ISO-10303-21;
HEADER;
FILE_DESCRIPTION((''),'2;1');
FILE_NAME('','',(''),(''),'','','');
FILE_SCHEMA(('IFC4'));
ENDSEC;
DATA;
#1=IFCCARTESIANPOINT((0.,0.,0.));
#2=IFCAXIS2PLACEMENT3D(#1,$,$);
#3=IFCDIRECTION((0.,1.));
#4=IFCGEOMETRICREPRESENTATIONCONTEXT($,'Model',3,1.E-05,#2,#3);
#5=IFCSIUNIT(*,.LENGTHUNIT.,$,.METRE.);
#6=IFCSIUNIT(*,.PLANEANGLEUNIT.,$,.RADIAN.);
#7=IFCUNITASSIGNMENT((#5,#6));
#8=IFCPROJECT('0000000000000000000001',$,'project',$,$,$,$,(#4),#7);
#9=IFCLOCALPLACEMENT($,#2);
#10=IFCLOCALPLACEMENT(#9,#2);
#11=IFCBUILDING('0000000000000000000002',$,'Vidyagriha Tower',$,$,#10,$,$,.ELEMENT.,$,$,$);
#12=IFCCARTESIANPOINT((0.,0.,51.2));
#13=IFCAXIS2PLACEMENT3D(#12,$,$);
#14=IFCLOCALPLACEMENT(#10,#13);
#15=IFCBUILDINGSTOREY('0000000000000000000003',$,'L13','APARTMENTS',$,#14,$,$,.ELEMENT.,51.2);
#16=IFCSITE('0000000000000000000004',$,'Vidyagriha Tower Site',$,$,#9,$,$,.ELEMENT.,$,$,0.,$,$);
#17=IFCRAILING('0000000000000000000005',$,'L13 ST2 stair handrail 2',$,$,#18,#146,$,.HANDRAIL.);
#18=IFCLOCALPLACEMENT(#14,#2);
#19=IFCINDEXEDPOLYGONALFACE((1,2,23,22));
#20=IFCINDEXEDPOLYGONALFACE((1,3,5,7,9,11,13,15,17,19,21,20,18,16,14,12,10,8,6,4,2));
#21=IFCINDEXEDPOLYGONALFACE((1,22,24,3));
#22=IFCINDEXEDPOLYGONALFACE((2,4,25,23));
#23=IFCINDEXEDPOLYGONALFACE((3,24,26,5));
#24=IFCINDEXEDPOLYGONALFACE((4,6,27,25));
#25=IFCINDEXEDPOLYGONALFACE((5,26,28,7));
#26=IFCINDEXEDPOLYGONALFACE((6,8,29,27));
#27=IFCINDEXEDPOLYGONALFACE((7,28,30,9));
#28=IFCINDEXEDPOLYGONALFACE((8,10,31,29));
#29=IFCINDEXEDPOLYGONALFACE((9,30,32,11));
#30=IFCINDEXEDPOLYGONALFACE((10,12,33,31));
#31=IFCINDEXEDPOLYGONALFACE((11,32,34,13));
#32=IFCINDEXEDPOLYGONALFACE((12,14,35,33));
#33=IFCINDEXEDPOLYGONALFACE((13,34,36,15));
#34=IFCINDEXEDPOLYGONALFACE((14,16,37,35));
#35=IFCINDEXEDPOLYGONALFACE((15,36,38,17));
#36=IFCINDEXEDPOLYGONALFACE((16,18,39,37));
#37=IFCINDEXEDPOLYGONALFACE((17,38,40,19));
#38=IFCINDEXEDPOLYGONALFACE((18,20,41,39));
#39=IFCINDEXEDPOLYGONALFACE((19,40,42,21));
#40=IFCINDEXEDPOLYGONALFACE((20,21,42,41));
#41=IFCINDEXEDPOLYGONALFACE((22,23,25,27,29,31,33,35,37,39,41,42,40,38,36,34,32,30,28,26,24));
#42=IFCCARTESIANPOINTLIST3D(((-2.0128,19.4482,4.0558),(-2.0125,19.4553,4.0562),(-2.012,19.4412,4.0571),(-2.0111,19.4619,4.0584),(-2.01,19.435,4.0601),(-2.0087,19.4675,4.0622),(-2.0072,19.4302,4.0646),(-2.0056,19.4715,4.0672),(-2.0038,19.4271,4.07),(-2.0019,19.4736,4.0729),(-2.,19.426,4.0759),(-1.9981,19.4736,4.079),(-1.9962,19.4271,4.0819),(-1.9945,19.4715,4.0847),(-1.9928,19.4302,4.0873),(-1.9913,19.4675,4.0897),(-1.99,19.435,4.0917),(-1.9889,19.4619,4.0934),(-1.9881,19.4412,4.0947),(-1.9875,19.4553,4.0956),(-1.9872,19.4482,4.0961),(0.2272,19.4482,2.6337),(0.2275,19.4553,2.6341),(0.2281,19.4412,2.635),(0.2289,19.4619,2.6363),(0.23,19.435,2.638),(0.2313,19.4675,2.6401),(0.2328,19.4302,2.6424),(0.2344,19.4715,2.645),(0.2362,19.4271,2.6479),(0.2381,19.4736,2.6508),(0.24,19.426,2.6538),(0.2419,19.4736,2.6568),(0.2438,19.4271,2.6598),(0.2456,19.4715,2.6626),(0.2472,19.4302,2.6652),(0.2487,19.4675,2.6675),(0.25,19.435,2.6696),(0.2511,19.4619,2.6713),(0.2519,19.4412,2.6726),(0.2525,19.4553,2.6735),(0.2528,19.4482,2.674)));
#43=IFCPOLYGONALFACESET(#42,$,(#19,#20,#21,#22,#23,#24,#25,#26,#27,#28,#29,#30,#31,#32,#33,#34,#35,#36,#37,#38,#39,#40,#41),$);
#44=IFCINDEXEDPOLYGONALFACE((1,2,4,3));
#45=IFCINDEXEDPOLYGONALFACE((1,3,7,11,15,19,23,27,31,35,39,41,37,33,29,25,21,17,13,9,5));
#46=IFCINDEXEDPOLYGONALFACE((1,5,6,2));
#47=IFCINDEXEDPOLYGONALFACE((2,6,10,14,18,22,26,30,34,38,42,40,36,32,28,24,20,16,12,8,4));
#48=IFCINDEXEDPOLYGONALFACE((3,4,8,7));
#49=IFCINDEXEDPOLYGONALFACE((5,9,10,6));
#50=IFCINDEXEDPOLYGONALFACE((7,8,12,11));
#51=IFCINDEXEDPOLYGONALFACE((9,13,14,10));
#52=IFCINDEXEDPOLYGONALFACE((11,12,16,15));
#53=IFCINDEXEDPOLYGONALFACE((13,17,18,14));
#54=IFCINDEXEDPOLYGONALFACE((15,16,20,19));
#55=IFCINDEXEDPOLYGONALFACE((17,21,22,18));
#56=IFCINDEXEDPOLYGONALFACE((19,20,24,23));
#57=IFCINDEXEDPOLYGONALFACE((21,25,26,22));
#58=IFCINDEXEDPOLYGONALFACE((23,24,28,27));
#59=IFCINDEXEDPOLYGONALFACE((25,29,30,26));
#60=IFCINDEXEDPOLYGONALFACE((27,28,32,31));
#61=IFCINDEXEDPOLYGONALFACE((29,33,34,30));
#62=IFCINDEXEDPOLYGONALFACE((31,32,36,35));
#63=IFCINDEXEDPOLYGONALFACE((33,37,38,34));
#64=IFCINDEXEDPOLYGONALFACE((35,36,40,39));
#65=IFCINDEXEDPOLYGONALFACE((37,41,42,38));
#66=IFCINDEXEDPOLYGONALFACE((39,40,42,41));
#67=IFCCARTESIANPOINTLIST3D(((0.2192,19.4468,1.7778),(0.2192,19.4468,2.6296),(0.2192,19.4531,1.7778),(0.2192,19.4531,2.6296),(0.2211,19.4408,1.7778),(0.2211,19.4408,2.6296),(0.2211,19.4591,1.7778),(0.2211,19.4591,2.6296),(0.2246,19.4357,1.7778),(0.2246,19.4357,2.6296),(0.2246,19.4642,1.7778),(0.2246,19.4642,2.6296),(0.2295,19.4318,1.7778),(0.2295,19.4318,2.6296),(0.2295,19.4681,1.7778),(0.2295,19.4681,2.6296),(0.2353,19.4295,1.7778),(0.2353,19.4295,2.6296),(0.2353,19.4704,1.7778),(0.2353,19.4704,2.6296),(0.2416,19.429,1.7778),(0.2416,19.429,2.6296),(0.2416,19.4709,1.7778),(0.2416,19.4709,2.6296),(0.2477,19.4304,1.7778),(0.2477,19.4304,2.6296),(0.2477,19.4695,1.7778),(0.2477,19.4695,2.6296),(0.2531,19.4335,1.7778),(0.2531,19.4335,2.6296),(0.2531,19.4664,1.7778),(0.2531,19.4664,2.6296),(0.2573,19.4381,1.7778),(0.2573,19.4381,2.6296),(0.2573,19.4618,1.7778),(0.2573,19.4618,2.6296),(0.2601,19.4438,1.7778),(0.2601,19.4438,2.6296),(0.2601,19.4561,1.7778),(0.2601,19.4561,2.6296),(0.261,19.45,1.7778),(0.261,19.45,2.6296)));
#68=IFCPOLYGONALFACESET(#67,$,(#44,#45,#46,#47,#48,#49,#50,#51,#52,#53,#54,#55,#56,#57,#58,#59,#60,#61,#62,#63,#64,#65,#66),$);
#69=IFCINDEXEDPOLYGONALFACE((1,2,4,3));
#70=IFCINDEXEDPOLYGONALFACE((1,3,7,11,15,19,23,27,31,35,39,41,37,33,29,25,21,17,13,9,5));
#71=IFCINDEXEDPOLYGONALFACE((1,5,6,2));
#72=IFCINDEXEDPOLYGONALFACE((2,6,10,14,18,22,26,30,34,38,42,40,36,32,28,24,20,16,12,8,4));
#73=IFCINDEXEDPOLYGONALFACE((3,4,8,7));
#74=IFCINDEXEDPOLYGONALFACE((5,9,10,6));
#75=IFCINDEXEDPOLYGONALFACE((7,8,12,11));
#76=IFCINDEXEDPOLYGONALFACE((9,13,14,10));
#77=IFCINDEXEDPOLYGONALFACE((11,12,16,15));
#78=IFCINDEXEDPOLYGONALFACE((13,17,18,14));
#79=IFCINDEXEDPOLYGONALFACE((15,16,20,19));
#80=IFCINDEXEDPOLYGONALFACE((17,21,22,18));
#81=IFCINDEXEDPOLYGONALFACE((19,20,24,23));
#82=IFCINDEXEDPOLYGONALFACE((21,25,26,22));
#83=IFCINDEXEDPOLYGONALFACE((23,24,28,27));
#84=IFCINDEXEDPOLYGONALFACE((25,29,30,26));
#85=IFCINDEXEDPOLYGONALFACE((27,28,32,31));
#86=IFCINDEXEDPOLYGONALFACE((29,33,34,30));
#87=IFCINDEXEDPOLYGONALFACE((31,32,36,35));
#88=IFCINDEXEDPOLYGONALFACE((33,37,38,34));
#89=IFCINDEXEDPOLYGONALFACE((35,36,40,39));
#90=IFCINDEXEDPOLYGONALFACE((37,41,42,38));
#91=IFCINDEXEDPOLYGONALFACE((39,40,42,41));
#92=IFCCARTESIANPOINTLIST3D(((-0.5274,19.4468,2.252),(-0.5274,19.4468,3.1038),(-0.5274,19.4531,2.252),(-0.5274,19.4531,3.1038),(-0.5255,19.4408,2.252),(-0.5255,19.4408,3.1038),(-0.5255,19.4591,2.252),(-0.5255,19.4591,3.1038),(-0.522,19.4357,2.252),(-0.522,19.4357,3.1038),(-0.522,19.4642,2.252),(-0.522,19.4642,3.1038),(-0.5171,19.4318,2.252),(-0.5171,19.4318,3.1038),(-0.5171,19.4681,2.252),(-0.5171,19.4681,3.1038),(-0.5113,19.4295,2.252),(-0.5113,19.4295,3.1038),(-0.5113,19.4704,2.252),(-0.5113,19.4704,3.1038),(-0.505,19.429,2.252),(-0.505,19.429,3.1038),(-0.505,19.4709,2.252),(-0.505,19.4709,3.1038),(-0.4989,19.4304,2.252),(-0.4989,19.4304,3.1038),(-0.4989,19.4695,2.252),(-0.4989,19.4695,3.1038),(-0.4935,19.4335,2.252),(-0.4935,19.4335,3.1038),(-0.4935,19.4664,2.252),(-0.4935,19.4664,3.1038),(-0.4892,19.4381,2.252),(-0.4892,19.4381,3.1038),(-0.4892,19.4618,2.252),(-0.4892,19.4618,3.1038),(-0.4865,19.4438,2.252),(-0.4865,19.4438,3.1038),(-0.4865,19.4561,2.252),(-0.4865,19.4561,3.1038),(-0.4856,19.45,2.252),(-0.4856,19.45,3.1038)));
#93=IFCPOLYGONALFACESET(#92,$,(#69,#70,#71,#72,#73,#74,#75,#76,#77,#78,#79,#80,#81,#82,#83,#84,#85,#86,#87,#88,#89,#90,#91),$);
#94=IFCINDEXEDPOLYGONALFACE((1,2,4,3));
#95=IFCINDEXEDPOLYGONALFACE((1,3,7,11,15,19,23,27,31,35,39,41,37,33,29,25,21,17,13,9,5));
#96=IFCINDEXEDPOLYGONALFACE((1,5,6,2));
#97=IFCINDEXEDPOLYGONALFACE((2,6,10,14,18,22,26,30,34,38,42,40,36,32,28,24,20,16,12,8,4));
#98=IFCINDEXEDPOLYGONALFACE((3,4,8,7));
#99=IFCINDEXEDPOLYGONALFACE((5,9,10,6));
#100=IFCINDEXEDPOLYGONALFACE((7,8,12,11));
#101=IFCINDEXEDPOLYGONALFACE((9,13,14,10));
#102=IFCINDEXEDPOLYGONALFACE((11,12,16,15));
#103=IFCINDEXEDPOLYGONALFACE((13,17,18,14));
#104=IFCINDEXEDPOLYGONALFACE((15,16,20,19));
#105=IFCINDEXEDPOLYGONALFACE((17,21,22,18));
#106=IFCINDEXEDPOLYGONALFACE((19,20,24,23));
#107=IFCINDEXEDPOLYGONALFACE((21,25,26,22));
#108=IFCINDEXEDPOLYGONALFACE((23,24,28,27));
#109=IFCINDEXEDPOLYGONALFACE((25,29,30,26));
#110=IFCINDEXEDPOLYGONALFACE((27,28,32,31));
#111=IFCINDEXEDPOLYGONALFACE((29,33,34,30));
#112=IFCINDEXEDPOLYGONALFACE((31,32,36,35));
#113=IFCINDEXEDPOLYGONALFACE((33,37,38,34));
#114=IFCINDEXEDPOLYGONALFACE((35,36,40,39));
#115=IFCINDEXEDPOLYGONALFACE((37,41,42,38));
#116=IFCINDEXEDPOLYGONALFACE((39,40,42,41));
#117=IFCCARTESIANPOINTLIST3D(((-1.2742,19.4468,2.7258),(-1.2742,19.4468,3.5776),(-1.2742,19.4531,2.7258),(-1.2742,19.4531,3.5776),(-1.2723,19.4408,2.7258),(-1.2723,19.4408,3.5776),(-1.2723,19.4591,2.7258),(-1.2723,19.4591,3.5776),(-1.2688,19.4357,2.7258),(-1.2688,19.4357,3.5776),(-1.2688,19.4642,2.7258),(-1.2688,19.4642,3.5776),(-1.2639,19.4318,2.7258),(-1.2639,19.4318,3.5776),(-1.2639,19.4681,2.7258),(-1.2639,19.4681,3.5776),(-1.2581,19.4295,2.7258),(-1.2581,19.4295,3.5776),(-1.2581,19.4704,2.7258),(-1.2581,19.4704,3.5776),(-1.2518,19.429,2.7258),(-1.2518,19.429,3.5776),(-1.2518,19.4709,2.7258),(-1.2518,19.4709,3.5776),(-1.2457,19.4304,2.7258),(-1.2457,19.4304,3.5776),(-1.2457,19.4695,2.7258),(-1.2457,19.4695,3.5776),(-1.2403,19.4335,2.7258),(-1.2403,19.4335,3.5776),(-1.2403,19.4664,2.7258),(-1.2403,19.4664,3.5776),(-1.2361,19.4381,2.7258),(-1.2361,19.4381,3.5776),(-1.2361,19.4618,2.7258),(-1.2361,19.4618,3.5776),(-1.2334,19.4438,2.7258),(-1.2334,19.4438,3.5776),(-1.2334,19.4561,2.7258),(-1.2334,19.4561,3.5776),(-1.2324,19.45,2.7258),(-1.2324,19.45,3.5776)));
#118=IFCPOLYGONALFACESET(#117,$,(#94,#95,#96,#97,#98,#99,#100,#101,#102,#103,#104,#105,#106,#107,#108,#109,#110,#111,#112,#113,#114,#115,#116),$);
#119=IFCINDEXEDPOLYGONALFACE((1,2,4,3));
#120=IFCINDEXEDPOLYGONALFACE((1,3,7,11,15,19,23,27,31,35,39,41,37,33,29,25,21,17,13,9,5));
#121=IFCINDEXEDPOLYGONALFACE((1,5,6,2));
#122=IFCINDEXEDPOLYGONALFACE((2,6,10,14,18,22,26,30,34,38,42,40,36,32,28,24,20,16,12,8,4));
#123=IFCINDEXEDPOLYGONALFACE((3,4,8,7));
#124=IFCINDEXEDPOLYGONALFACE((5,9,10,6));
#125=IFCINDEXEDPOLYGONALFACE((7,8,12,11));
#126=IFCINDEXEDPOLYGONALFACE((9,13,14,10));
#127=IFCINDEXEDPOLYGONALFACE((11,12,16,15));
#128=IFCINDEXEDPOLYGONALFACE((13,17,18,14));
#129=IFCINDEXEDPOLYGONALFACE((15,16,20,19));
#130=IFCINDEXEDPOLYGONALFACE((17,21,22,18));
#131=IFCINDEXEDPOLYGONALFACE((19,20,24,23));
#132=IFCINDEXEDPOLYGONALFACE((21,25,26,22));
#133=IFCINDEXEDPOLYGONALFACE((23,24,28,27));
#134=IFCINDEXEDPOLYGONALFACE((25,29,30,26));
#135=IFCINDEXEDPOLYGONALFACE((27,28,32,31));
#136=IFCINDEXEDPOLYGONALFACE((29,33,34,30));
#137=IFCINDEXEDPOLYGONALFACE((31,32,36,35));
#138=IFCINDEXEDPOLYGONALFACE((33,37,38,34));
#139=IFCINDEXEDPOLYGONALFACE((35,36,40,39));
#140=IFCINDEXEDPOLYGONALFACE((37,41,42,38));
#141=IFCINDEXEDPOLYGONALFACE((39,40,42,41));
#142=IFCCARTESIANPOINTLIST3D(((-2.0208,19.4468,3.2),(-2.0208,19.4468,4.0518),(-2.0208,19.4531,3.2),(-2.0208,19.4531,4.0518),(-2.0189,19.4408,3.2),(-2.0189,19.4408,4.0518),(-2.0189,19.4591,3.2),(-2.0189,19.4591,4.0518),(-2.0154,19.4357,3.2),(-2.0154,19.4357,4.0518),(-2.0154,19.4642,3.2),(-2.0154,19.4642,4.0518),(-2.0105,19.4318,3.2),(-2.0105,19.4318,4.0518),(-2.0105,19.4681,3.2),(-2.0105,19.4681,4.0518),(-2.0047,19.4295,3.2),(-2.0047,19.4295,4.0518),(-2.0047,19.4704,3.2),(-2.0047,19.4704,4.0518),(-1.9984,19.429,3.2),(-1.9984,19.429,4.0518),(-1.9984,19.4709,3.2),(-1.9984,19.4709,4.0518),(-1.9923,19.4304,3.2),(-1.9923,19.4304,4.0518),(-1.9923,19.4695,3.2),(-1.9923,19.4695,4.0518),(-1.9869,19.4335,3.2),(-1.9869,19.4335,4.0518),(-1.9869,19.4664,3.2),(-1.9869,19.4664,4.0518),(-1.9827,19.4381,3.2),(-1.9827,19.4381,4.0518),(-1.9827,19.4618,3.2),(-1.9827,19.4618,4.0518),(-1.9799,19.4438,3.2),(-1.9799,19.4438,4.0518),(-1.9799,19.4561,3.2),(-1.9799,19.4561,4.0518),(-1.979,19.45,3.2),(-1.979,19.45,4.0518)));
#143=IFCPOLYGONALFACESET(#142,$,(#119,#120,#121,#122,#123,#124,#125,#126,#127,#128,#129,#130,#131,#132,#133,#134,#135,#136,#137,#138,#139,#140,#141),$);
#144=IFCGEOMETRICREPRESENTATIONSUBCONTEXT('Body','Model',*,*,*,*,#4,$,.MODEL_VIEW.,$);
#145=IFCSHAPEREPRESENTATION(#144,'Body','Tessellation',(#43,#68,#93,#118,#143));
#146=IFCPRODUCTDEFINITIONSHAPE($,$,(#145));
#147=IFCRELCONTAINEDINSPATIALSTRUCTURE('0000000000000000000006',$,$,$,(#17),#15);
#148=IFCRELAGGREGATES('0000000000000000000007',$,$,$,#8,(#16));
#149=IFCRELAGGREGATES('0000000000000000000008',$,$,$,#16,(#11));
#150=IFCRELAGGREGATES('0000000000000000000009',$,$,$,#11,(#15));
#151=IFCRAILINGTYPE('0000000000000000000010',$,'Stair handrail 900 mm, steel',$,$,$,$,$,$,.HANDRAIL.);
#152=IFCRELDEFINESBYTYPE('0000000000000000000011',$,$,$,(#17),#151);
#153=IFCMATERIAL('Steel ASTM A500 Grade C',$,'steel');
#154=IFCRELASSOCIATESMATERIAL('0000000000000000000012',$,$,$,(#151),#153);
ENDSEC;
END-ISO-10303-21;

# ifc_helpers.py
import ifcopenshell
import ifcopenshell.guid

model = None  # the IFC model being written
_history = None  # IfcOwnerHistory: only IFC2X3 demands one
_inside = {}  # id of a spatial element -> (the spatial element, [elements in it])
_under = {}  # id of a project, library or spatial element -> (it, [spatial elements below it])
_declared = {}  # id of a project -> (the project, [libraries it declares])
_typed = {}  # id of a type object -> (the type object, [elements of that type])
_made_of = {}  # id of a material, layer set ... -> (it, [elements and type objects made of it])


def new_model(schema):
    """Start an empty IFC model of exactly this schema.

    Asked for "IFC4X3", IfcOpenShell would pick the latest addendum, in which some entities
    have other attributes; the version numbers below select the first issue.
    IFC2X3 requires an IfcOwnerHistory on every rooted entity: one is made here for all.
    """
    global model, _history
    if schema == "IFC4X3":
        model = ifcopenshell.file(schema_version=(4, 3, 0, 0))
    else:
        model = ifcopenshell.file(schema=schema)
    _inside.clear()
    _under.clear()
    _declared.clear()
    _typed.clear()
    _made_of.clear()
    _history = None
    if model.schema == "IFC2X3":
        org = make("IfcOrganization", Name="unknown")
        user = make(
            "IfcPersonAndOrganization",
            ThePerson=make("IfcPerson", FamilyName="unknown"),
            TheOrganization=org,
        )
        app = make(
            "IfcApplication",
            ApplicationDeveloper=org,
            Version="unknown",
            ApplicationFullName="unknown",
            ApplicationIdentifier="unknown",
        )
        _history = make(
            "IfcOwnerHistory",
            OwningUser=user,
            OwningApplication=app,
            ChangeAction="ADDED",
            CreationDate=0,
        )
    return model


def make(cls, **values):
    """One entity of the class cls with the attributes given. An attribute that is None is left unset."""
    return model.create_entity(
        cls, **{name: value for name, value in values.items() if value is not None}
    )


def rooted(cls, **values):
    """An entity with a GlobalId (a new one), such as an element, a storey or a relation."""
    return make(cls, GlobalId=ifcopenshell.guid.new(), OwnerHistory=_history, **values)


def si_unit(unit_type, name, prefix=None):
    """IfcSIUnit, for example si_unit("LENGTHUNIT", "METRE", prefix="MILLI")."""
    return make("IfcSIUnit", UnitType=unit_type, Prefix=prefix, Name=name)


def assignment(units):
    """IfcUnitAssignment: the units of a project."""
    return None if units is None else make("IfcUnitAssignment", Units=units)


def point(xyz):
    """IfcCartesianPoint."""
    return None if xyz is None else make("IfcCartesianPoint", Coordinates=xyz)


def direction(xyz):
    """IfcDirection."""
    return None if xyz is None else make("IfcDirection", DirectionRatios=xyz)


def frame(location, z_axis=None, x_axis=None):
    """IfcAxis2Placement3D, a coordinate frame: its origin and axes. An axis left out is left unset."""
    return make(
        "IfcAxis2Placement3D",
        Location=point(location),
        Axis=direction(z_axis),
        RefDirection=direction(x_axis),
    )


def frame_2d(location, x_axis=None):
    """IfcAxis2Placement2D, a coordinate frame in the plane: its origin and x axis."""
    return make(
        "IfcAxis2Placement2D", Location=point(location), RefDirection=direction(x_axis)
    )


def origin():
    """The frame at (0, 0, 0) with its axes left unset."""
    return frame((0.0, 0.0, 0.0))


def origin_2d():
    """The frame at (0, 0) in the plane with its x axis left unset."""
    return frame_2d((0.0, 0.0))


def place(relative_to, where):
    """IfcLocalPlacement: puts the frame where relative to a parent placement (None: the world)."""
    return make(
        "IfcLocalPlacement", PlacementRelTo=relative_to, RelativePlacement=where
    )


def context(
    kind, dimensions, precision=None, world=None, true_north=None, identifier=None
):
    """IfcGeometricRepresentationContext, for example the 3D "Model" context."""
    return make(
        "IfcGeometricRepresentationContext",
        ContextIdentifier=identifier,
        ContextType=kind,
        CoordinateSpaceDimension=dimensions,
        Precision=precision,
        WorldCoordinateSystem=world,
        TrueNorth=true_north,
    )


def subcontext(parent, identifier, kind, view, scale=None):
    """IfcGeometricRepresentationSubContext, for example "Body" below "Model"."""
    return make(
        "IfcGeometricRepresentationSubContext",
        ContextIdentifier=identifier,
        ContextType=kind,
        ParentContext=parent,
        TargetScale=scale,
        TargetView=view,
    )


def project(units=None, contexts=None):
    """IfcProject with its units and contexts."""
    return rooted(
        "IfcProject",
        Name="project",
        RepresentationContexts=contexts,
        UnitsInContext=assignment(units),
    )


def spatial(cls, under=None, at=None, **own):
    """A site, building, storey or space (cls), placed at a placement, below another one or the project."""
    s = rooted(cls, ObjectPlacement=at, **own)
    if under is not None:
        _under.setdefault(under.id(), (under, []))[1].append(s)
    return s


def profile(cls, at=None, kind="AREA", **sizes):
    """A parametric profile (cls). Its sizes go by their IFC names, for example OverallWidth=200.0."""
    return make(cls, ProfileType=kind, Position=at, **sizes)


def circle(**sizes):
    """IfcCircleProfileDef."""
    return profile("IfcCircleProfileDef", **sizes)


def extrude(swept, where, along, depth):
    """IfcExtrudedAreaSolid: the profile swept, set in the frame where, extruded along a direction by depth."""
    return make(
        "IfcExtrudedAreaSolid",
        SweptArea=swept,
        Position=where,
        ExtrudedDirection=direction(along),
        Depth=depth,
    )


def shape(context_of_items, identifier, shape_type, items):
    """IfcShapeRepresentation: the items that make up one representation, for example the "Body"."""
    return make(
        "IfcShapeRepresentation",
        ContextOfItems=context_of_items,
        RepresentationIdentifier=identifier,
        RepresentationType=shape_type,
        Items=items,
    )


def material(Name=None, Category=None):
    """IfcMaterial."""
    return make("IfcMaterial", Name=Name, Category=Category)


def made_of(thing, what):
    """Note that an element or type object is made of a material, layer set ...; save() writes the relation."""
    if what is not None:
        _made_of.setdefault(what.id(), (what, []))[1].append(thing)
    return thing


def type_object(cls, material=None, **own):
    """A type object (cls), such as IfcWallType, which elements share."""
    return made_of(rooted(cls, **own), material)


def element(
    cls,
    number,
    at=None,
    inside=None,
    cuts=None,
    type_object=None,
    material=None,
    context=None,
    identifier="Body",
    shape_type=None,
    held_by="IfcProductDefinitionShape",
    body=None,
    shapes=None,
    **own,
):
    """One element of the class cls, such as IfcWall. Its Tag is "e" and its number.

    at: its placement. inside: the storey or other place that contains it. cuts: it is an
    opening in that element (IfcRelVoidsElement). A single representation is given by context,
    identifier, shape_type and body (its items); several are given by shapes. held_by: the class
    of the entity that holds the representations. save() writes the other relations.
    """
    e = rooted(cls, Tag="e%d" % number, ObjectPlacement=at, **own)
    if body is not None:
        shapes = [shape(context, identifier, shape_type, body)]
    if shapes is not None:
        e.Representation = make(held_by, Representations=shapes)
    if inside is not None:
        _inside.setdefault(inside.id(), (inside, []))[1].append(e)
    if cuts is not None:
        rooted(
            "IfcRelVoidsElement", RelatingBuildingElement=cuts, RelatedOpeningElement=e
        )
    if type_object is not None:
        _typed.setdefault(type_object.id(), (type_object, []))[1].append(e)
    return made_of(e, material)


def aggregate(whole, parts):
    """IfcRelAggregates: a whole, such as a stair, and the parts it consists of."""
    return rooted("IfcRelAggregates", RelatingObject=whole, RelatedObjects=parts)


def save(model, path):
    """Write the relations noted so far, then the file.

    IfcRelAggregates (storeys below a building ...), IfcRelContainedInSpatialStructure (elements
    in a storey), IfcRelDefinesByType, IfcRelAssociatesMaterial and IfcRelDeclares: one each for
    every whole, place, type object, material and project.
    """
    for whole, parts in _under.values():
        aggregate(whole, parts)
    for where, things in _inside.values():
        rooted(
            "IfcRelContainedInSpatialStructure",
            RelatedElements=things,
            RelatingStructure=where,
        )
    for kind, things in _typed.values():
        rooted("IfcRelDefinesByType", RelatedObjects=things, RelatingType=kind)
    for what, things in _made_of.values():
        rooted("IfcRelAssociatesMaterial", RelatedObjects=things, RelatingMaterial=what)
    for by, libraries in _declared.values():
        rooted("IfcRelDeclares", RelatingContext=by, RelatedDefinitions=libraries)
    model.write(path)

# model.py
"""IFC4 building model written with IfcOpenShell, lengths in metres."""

from ifc_helpers import new_model, si_unit, direction, frame, origin, origin_2d, place, context, subcontext, project, spatial, circle, extrude, material, type_object, element, save


model = new_model("IFC4")

# Units and contexts
model_context = context("Model", 3, precision=1e-05, world=origin(), true_north=direction((0.0, 1.0)))
body_context = subcontext(model_context, "Body", "Model", "MODEL_VIEW")
ifc_project = project(units=[si_unit("LENGTHUNIT", "METRE"), si_unit("PLANEANGLEUNIT", "RADIAN")], contexts=[model_context])

# Site, building, storey
site_placement = place(None, origin())
site = spatial("IfcSite", under=ifc_project, at=site_placement, Name="Vidyagriha Tower Site", CompositionType="ELEMENT", RefElevation=0.0)
building_placement = place(site_placement, origin())
building = spatial("IfcBuilding", under=site, at=building_placement, Name="Vidyagriha Tower", CompositionType="ELEMENT")
storey_placement = place(building_placement, frame((0.0, 0.0, 51.2)))
storey = spatial("IfcBuildingStorey", under=building, at=storey_placement, Name="L13", Description="APARTMENTS", CompositionType="ELEMENT", Elevation=51.2)

# Railing
ifc_material_1 = material(Name="Steel ASTM A500 Grade C", Category="steel")
railing_type_1 = type_object("IfcRailingType", Name="Stair handrail 900 mm, steel", PredefinedType="HANDRAIL", material=ifc_material_1)
railing_1_placement = place(storey_placement, frame((0.24, 19.45, 1.7778)))
element("IfcRailing", 1, at=railing_1_placement, inside=storey, type_object=railing_type_1, Name="L13 ST2 stair handrail 2", PredefinedType="HANDRAIL", context=body_context, shape_type="SweptSolid", body=[
    extrude(circle(Radius=0.0239, at=origin_2d()), frame((0.0, 0.0, 0.876), z_axis=(-0.844229, 0.0, 0.535982), x_axis=(0.0, -1.0, 0.0)), (0.0, 0.0, 1.0), 2.6533),
    extrude(circle(Radius=0.021, at=origin_2d()), origin(), (0.0, 0.0, 1.0), 0.8518),
    extrude(circle(Radius=0.021, at=origin_2d()), frame((-0.7466, 0.0, 0.4741)), (0.0, 0.0, 1.0), 0.8518),
    extrude(circle(Radius=0.021, at=origin_2d()), frame((-1.4934, 0.0, 0.948)), (0.0, 0.0, 1.0), 0.8518),
    extrude(circle(Radius=0.021, at=origin_2d()), frame((-2.24, 0.0, 1.4221)), (0.0, 0.0, 1.0), 0.8518),
])

save(model, "model.ifc")
